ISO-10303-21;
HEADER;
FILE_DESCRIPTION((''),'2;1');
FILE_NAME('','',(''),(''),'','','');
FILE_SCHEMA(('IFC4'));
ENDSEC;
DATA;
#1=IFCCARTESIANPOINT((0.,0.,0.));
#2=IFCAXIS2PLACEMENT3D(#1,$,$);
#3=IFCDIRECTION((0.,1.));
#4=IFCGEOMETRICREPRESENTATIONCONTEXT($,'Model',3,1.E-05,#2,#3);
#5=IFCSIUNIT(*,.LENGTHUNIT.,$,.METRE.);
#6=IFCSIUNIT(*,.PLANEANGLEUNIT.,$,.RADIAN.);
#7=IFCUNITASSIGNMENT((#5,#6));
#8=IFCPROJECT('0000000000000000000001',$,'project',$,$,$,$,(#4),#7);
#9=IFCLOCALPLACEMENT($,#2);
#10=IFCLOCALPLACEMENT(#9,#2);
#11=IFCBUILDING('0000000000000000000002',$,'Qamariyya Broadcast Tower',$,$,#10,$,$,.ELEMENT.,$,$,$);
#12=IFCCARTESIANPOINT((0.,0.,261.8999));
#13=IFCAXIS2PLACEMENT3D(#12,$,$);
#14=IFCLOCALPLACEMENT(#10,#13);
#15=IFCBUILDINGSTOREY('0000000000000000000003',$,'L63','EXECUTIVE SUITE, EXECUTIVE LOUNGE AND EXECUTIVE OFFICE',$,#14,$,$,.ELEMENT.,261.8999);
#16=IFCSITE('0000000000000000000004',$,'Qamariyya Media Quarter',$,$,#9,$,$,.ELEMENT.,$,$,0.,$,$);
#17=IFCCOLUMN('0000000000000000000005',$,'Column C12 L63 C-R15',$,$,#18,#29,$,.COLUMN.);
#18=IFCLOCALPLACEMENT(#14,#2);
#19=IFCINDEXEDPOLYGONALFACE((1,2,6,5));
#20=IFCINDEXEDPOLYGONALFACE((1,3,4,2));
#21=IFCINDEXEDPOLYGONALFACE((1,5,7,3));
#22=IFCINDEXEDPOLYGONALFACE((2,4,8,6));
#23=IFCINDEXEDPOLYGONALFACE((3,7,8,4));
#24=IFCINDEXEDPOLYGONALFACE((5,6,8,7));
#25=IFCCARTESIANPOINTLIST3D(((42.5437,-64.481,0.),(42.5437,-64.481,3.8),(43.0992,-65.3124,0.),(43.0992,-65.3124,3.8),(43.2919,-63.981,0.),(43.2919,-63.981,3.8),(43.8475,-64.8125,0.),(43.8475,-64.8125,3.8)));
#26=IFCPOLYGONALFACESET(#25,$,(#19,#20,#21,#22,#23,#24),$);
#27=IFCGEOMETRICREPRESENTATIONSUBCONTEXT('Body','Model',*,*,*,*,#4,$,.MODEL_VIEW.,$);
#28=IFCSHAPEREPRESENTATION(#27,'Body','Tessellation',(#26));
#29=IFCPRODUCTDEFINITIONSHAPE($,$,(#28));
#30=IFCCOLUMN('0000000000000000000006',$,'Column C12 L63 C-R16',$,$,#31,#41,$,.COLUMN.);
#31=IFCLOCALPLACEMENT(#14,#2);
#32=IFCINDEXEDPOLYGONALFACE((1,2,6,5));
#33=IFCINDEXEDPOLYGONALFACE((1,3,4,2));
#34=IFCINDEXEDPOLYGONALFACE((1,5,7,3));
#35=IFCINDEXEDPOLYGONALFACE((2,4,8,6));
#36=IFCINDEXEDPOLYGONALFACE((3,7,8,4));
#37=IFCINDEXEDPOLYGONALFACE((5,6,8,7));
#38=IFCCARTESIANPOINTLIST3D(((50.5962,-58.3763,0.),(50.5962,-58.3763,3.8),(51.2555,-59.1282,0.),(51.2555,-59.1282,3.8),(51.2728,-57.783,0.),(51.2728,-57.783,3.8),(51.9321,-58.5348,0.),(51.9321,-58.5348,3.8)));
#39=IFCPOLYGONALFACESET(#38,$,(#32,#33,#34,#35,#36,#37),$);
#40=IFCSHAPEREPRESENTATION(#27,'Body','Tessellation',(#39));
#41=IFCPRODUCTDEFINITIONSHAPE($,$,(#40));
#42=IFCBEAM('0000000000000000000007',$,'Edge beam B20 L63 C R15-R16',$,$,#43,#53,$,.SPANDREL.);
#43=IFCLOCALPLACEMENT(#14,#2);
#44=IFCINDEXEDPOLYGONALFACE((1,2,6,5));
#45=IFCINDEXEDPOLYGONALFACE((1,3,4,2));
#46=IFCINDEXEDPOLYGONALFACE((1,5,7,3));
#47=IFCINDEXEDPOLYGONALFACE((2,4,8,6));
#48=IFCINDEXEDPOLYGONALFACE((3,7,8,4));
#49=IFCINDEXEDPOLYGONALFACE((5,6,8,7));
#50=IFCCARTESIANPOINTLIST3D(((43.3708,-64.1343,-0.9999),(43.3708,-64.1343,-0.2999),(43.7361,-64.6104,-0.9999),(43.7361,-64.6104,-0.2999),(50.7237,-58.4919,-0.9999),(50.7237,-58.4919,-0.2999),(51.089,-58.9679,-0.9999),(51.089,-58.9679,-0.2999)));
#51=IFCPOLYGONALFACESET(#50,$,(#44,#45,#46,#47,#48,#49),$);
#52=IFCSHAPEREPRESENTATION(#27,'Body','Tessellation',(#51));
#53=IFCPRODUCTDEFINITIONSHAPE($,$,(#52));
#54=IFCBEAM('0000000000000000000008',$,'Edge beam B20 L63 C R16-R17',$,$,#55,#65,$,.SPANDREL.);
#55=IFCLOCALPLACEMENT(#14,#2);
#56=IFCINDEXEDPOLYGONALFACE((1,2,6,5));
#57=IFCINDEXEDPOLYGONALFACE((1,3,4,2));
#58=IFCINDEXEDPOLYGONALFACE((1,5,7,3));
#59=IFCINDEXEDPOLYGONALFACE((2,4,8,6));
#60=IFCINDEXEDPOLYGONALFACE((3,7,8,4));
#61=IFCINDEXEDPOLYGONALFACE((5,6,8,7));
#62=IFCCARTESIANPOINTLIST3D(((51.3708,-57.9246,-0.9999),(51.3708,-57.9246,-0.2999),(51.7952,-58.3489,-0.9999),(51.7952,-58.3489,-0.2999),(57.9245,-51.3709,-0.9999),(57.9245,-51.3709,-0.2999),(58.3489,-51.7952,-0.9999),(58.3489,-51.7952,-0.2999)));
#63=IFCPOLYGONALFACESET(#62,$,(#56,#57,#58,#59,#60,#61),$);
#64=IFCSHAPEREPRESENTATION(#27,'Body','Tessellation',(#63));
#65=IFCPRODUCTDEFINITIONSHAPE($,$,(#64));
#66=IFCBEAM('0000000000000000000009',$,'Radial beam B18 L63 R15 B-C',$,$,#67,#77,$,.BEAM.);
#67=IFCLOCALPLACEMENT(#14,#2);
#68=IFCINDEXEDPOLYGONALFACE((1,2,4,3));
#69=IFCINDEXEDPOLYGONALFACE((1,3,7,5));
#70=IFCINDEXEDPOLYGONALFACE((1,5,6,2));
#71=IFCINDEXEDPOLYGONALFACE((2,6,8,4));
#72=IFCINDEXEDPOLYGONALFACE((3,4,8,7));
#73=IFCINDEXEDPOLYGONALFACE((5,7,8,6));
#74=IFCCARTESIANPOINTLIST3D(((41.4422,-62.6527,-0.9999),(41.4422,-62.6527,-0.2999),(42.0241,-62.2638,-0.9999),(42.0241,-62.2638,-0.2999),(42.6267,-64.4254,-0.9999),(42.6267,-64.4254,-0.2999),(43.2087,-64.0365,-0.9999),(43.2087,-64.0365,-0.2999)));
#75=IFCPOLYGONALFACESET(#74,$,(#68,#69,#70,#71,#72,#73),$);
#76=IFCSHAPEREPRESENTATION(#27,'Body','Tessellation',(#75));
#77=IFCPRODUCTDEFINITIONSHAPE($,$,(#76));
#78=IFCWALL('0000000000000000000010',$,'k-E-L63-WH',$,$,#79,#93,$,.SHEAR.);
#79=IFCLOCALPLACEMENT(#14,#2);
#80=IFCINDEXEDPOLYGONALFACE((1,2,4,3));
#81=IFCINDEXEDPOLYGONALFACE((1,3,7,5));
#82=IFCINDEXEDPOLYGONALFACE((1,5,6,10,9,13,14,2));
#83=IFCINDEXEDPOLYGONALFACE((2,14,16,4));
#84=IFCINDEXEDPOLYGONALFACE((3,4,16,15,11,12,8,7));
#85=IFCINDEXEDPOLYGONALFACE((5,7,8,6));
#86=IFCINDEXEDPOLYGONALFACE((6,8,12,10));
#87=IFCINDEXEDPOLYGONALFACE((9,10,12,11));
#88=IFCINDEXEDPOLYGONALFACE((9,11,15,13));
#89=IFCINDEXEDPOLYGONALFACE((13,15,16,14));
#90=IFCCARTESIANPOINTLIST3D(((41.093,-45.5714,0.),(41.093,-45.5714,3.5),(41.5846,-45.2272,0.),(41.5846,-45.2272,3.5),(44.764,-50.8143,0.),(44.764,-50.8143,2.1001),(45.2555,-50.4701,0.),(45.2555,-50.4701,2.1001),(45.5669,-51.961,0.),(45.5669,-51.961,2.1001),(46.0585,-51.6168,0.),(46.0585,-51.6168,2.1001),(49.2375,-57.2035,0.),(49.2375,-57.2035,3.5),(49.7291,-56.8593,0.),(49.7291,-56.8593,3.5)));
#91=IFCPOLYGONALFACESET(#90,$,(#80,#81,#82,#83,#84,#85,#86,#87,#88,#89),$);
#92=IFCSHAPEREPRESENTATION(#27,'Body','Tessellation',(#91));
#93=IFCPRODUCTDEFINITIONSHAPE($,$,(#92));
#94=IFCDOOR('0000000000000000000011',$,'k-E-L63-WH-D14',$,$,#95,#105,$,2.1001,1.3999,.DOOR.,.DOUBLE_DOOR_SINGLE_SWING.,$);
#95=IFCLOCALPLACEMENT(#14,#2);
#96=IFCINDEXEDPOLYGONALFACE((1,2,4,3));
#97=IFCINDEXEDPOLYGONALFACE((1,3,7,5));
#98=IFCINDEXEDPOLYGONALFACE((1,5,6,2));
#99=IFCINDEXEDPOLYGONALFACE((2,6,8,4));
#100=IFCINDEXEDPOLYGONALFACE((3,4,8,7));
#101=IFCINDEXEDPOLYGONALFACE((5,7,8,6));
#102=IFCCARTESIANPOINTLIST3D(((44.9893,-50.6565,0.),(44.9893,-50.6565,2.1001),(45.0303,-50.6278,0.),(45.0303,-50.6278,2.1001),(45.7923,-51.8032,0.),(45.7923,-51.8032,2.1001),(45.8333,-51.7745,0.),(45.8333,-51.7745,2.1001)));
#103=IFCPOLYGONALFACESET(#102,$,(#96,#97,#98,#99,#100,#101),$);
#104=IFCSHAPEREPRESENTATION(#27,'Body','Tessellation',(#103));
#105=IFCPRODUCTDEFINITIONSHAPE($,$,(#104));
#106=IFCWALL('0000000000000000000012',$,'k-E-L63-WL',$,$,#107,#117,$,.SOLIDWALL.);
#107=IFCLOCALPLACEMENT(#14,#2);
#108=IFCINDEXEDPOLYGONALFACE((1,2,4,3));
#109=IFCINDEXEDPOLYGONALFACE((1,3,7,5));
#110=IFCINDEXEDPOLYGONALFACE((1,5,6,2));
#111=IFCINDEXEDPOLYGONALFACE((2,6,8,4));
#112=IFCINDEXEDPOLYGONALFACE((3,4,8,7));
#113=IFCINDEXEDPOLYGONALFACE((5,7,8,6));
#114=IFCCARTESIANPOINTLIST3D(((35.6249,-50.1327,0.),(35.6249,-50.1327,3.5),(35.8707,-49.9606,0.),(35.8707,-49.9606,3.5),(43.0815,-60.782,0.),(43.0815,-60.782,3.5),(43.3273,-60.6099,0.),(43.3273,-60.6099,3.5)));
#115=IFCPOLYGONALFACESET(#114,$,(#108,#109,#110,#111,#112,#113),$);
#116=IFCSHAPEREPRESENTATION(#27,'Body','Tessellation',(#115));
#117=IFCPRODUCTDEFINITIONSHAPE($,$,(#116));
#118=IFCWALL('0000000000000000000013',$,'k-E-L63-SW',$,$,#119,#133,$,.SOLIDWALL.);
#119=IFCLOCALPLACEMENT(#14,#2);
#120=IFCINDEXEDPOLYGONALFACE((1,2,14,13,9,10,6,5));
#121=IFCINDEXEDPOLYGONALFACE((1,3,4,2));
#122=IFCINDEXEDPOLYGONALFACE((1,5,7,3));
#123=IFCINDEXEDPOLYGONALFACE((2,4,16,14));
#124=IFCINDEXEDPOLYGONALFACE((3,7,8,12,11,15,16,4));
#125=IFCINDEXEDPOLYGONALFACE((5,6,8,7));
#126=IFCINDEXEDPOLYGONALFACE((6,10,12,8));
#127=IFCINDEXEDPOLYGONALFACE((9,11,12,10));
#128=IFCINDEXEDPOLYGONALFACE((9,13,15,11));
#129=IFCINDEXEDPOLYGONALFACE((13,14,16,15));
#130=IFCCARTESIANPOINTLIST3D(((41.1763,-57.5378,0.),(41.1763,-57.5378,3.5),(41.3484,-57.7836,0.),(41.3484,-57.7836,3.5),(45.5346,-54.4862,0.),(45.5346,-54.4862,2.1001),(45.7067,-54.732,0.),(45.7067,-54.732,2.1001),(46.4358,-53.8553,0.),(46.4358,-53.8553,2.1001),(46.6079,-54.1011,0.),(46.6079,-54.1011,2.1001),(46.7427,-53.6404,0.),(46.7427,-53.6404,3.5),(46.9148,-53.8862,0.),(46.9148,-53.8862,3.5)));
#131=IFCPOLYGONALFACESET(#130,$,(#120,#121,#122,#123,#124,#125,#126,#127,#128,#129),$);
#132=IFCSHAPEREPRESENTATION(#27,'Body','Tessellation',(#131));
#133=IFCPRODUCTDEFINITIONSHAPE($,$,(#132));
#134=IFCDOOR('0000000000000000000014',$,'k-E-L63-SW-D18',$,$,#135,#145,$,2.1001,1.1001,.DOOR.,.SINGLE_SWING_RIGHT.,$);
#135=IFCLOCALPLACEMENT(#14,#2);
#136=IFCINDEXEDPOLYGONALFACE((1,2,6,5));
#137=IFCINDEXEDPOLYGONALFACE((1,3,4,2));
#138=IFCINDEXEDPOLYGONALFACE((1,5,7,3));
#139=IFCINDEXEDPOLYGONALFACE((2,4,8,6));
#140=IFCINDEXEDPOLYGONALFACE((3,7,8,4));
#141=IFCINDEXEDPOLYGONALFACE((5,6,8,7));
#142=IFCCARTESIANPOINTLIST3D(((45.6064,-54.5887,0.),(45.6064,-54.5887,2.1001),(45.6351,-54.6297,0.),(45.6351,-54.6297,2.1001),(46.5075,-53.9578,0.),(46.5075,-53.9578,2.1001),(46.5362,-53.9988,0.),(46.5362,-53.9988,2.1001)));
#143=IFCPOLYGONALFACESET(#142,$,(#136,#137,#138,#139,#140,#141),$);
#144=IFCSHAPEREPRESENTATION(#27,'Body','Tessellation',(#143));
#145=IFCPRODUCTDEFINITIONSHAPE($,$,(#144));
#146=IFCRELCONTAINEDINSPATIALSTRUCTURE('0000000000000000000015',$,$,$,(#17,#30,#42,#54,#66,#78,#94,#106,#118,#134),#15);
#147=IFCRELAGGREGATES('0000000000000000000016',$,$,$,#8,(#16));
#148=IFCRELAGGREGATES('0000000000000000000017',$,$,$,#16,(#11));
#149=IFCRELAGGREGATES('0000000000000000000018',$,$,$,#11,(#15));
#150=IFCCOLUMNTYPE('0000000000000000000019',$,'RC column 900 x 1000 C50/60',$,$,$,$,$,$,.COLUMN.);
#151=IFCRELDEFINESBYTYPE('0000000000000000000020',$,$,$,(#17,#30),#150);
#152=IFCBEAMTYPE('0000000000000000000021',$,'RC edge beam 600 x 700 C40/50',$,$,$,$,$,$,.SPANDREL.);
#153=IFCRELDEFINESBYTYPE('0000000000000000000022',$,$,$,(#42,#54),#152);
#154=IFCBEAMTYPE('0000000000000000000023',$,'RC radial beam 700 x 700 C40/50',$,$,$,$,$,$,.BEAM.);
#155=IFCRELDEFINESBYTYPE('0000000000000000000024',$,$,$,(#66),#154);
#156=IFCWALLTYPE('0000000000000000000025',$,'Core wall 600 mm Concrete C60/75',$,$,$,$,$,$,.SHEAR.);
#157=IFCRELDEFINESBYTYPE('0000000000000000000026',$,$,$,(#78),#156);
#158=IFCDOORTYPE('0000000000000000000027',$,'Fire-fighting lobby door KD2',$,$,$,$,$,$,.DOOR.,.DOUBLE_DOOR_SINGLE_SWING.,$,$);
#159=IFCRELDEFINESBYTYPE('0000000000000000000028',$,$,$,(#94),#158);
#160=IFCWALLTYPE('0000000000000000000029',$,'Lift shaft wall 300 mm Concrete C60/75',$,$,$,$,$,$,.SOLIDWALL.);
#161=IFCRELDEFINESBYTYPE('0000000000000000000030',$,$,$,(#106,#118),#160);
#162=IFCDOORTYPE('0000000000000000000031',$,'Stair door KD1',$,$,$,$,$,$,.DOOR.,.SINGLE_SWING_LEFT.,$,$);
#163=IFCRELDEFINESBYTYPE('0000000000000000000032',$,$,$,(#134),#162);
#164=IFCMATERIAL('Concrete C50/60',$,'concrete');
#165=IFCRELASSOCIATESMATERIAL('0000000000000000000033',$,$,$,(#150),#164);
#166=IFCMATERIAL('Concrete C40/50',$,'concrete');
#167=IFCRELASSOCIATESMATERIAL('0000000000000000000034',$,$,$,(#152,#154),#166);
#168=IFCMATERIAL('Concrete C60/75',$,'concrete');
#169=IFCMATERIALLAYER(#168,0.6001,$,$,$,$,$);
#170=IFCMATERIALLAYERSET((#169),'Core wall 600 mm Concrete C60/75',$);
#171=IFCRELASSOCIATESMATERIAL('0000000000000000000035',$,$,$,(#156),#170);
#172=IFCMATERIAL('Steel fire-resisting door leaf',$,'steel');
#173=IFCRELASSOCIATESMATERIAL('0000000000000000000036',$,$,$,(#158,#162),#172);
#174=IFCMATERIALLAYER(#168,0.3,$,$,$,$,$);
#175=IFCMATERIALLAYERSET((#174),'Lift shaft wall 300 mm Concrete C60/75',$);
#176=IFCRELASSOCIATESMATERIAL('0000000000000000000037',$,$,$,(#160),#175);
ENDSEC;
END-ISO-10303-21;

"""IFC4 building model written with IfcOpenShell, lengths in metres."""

from ifc_helpers import new_model, si_unit, direction, frame, frame_2d, origin, origin_2d, place, context, subcontext, project, spatial, rectangle, extrude, material, layer, layer_set, material_profile, profile_set, type_object, element, fill, save


model = new_model("IFC4")

# Units and contexts
model_context = context("Model", 3, precision=1e-05, world=origin(), true_north=direction((0.0, 1.0)))
body_context = subcontext(model_context, "Body", "Model", "MODEL_VIEW")
ifc_project = project(units=[si_unit("LENGTHUNIT", "METRE"), si_unit("PLANEANGLEUNIT", "RADIAN")], contexts=[model_context])

# Site, building, storey
site_placement = place(None, origin())
site = spatial("IfcSite", under=ifc_project, at=site_placement, Name="Qamariyya Media Quarter", CompositionType="ELEMENT", RefElevation=0.0)
building_placement = place(site_placement, origin())
building = spatial("IfcBuilding", under=site, at=building_placement, Name="Qamariyya Broadcast Tower", CompositionType="ELEMENT")
storey_placement = place(building_placement, frame((0.0, 0.0, 261.8999)))
storey = spatial("IfcBuildingStorey", under=building, at=storey_placement, Name="L63", Description="EXECUTIVE SUITE, EXECUTIVE LOUNGE AND EXECUTIVE OFFICE", CompositionType="ELEMENT", Elevation=261.8999)

# Columns
ifc_material_1 = material(Name="Concrete C50/60", Category="concrete")
ifc_material_profile_1 = material_profile(ifc_material_1, rectangle(XDim=0.8999, YDim=1.0, at=origin_2d()))
ifc_profile_set_1 = profile_set([ifc_material_profile_1], Name="Concrete C50/60")
column_type = type_object("IfcColumnType", Name="RC column 900 x 1000 C50/60", PredefinedType="COLUMN", material=ifc_profile_set_1)
for number, where, z_axis, x_axis, name in (
    (1, (43.1956, -64.6467, 0.0), (0.0, 0.0, 1.0), (0.83147, 0.55557, 0.0), "Column C12 L63 C-R15"),
    (2, (51.2642, -58.4556, 0.0), (0.0, 0.0, 1.0), (0.75184, 0.659346, 0.0), "Column C12 L63 C-R16"),
):
    element("IfcColumn", number, at=place(storey_placement, frame(where, z_axis=z_axis, x_axis=x_axis)), inside=storey, type_object=column_type, Name=name, PredefinedType="COLUMN", context=body_context, shape_type="SweptSolid", body=[
        extrude(rectangle(XDim=0.8999, YDim=1.0, at=origin_2d()), origin(), (0.0, 0.0, 1.0), 3.8),
    ])

# Beams
ifc_material_2 = material(Name="Concrete C40/50", Category="concrete")
ifc_material_profile_2 = material_profile(ifc_material_2, rectangle(XDim=0.6001, YDim=0.7, at=origin_2d()))
ifc_profile_set_2 = profile_set([ifc_material_profile_2], Name="Concrete C40/50")
beam_type_1 = type_object("IfcBeamType", Name="RC edge beam 600 x 700 C40/50", PredefinedType="SPANDREL", material=ifc_profile_set_2)
for number, where, z_axis, x_axis, name in (
    (3, (43.5535, -64.3723, -0.6499), (0.793335, 0.608785, 0.0), (-0.608785, 0.793335, 0.0), "Edge beam B20 L63 C R15-R16"),
    (4, (51.583, -58.1367, -0.6499), (0.707107, 0.707107, 0.0), (-0.707107, 0.707107, 0.0), "Edge beam B20 L63 C R16-R17"),
):
    element("IfcBeam", number, at=place(storey_placement, frame(where, z_axis=z_axis, x_axis=x_axis)), inside=storey, type_object=beam_type_1, Name=name, PredefinedType="SPANDREL", context=body_context, shape_type="SweptSolid", body=[
        extrude(rectangle(XDim=0.6001, YDim=0.7, at=origin_2d()), origin(), (0.0, 0.0, 1.0), 9.2683),
    ])
ifc_material_profile_3 = material_profile(ifc_material_2, rectangle(XDim=0.7, YDim=0.7, at=origin_2d()))
ifc_profile_set_3 = profile_set([ifc_material_profile_3], Name="Concrete C40/50")
beam_type_2 = type_object("IfcBeamType", Name="RC radial beam 700 x 700 C40/50", PredefinedType="BEAM", material=ifc_profile_set_3)
beam_placement = place(storey_placement, frame((41.7332, -62.4583, -0.6499), z_axis=(0.555598, -0.831451, 0.0), x_axis=(0.831451, 0.555598, 0.0)))
element("IfcBeam", 5, at=beam_placement, inside=storey, type_object=beam_type_2, Name="Radial beam B18 L63 R15 B-C", PredefinedType="BEAM", context=body_context, shape_type="SweptSolid", body=[
    extrude(rectangle(XDim=0.7, YDim=0.7, at=origin_2d()), origin(), (0.0, 0.0, 1.0), 2.1321),
])

# Wall, opening, door
ifc_material_3 = material(Name="Concrete C60/75", Category="concrete")
ifc_layer_1 = layer(ifc_material_3, 0.6001)
ifc_layer_set_1 = layer_set([ifc_layer_1], Name="Core wall 600 mm Concrete C60/75")
wall_type_1 = type_object("IfcWallType", Name="Core wall 600 mm Concrete C60/75", PredefinedType="SHEAR", material=ifc_layer_set_1)
wall_1_placement = place(storey_placement, frame((49.4834, -57.0315, 0.0), z_axis=(0.0, 0.0, 1.0), x_axis=(-0.57356, 0.819163, 0.0)))
wall_1 = element("IfcWall", 6, at=wall_1_placement, inside=storey, type_object=wall_type_1, Name="k-E-L63-WH", PredefinedType="SHEAR", context=body_context, shape_type="SweptSolid", body=[
    extrude(rectangle(XDim=14.2, YDim=0.6001, at=frame_2d((7.1001, 0.0))), origin(), (0.0, 0.0, 1.0), 3.5),
])
opening_1_placement = place(wall_1_placement, frame((6.3999, 0.0, 0.0)))
opening_1 = element("IfcOpeningElement", 7, at=opening_1_placement, cuts=wall_1, PredefinedType="OPENING", context=body_context, shape_type="SweptSolid", body=[
    extrude(rectangle(XDim=1.3999, YDim=2.1001, at=frame_2d((0.7, 1.05))), frame((0.0, 0.3101, 0.0), z_axis=(0.0, -1.0, 0.0), x_axis=(1.0, 0.0, 0.0)), (0.0, 0.0, 1.0), 0.6201),
])
ifc_material_4 = material(Name="Steel fire-resisting door leaf", Category="steel")
door_type_1 = type_object("IfcDoorType", Name="Fire-fighting lobby door KD2", OperationType="DOUBLE_DOOR_SINGLE_SWING", PredefinedType="DOOR", material=ifc_material_4)
door_1_placement = place(opening_1_placement, origin())
door_1 = element("IfcDoor", 8, at=door_1_placement, inside=storey, type_object=door_type_1, Name="k-E-L63-WH-D14", OperationType="DOUBLE_DOOR_SINGLE_SWING", OverallHeight=2.1001, OverallWidth=1.3999, PredefinedType="DOOR", context=body_context, shape_type="SweptSolid", body=[
    extrude(rectangle(XDim=1.3999, YDim=2.1001, at=frame_2d((0.7, 1.05))), frame((0.0, 0.0249, 0.0), z_axis=(0.0, -1.0, 0.0), x_axis=(1.0, 0.0, 0.0)), (0.0, 0.0, 1.0), 0.05),
])
fill(opening_1, door_1)

# Wall
ifc_layer_2 = layer(ifc_material_3, 0.3)
ifc_layer_set_2 = layer_set([ifc_layer_2], Name="Lift shaft wall 300 mm Concrete C60/75")
wall_type_2 = type_object("IfcWallType", Name="Lift shaft wall 300 mm Concrete C60/75", PredefinedType="SOLIDWALL", material=ifc_layer_set_2)
wall_2_placement = place(storey_placement, frame((43.2043, -60.6958, 0.0), z_axis=(0.0, 0.0, 1.0), x_axis=(-0.573572, 0.819155, 0.0)))
element("IfcWall", 9, at=wall_2_placement, inside=storey, type_object=wall_type_2, Name="k-E-L63-WL", PredefinedType="SOLIDWALL", context=body_context, shape_type="SweptSolid", body=[
    extrude(rectangle(XDim=13.0002, YDim=0.3, at=frame_2d((6.5, 0.0))), origin(), (0.0, 0.0, 1.0), 3.5),
])

# Wall, opening, door
wall_3_placement = place(storey_placement, frame((41.2625, -57.6606, 0.0), z_axis=(0.0, 0.0, 1.0), x_axis=(0.819164, 0.573559, 0.0)))
wall_3 = element("IfcWall", 10, at=wall_3_placement, inside=storey, type_object=wall_type_2, Name="k-E-L63-SW", PredefinedType="SOLIDWALL", context=body_context, shape_type="SweptSolid", body=[
    extrude(rectangle(XDim=6.7952, YDim=0.3, at=frame_2d((3.3975, 0.0))), origin(), (0.0, 0.0, 1.0), 3.5),
])
opening_2_placement = place(wall_3_placement, frame((5.3203, 0.0, 0.0)))
opening_2 = element("IfcOpeningElement", 11, at=opening_2_placement, cuts=wall_3, PredefinedType="OPENING", context=body_context, shape_type="SweptSolid", body=[
    extrude(rectangle(XDim=1.1001, YDim=2.1001, at=frame_2d((0.55, 1.05))), frame((0.0, 0.1599, 0.0), z_axis=(0.0, -1.0, 0.0), x_axis=(1.0, 0.0, 0.0)), (0.0, 0.0, 1.0), 0.3201),
])
door_type_2 = type_object("IfcDoorType", Name="Stair door KD1", OperationType="SINGLE_SWING_LEFT", PredefinedType="DOOR", material=ifc_material_4)
door_2_placement = place(opening_2_placement, origin())
door_2 = element("IfcDoor", 12, at=door_2_placement, inside=storey, type_object=door_type_2, Name="k-E-L63-SW-D18", OperationType="SINGLE_SWING_RIGHT", OverallHeight=2.1001, OverallWidth=1.1001, PredefinedType="DOOR", context=body_context, shape_type="SweptSolid", body=[
    extrude(rectangle(XDim=1.1001, YDim=2.1001, at=frame_2d((0.55, 1.05))), frame((0.0, 0.0249, 0.0), z_axis=(0.0, -1.0, 0.0), x_axis=(1.0, 0.0, 0.0)), (0.0, 0.0, 1.0), 0.05),
])
fill(opening_2, door_2)

save(model, "model.ifc")
